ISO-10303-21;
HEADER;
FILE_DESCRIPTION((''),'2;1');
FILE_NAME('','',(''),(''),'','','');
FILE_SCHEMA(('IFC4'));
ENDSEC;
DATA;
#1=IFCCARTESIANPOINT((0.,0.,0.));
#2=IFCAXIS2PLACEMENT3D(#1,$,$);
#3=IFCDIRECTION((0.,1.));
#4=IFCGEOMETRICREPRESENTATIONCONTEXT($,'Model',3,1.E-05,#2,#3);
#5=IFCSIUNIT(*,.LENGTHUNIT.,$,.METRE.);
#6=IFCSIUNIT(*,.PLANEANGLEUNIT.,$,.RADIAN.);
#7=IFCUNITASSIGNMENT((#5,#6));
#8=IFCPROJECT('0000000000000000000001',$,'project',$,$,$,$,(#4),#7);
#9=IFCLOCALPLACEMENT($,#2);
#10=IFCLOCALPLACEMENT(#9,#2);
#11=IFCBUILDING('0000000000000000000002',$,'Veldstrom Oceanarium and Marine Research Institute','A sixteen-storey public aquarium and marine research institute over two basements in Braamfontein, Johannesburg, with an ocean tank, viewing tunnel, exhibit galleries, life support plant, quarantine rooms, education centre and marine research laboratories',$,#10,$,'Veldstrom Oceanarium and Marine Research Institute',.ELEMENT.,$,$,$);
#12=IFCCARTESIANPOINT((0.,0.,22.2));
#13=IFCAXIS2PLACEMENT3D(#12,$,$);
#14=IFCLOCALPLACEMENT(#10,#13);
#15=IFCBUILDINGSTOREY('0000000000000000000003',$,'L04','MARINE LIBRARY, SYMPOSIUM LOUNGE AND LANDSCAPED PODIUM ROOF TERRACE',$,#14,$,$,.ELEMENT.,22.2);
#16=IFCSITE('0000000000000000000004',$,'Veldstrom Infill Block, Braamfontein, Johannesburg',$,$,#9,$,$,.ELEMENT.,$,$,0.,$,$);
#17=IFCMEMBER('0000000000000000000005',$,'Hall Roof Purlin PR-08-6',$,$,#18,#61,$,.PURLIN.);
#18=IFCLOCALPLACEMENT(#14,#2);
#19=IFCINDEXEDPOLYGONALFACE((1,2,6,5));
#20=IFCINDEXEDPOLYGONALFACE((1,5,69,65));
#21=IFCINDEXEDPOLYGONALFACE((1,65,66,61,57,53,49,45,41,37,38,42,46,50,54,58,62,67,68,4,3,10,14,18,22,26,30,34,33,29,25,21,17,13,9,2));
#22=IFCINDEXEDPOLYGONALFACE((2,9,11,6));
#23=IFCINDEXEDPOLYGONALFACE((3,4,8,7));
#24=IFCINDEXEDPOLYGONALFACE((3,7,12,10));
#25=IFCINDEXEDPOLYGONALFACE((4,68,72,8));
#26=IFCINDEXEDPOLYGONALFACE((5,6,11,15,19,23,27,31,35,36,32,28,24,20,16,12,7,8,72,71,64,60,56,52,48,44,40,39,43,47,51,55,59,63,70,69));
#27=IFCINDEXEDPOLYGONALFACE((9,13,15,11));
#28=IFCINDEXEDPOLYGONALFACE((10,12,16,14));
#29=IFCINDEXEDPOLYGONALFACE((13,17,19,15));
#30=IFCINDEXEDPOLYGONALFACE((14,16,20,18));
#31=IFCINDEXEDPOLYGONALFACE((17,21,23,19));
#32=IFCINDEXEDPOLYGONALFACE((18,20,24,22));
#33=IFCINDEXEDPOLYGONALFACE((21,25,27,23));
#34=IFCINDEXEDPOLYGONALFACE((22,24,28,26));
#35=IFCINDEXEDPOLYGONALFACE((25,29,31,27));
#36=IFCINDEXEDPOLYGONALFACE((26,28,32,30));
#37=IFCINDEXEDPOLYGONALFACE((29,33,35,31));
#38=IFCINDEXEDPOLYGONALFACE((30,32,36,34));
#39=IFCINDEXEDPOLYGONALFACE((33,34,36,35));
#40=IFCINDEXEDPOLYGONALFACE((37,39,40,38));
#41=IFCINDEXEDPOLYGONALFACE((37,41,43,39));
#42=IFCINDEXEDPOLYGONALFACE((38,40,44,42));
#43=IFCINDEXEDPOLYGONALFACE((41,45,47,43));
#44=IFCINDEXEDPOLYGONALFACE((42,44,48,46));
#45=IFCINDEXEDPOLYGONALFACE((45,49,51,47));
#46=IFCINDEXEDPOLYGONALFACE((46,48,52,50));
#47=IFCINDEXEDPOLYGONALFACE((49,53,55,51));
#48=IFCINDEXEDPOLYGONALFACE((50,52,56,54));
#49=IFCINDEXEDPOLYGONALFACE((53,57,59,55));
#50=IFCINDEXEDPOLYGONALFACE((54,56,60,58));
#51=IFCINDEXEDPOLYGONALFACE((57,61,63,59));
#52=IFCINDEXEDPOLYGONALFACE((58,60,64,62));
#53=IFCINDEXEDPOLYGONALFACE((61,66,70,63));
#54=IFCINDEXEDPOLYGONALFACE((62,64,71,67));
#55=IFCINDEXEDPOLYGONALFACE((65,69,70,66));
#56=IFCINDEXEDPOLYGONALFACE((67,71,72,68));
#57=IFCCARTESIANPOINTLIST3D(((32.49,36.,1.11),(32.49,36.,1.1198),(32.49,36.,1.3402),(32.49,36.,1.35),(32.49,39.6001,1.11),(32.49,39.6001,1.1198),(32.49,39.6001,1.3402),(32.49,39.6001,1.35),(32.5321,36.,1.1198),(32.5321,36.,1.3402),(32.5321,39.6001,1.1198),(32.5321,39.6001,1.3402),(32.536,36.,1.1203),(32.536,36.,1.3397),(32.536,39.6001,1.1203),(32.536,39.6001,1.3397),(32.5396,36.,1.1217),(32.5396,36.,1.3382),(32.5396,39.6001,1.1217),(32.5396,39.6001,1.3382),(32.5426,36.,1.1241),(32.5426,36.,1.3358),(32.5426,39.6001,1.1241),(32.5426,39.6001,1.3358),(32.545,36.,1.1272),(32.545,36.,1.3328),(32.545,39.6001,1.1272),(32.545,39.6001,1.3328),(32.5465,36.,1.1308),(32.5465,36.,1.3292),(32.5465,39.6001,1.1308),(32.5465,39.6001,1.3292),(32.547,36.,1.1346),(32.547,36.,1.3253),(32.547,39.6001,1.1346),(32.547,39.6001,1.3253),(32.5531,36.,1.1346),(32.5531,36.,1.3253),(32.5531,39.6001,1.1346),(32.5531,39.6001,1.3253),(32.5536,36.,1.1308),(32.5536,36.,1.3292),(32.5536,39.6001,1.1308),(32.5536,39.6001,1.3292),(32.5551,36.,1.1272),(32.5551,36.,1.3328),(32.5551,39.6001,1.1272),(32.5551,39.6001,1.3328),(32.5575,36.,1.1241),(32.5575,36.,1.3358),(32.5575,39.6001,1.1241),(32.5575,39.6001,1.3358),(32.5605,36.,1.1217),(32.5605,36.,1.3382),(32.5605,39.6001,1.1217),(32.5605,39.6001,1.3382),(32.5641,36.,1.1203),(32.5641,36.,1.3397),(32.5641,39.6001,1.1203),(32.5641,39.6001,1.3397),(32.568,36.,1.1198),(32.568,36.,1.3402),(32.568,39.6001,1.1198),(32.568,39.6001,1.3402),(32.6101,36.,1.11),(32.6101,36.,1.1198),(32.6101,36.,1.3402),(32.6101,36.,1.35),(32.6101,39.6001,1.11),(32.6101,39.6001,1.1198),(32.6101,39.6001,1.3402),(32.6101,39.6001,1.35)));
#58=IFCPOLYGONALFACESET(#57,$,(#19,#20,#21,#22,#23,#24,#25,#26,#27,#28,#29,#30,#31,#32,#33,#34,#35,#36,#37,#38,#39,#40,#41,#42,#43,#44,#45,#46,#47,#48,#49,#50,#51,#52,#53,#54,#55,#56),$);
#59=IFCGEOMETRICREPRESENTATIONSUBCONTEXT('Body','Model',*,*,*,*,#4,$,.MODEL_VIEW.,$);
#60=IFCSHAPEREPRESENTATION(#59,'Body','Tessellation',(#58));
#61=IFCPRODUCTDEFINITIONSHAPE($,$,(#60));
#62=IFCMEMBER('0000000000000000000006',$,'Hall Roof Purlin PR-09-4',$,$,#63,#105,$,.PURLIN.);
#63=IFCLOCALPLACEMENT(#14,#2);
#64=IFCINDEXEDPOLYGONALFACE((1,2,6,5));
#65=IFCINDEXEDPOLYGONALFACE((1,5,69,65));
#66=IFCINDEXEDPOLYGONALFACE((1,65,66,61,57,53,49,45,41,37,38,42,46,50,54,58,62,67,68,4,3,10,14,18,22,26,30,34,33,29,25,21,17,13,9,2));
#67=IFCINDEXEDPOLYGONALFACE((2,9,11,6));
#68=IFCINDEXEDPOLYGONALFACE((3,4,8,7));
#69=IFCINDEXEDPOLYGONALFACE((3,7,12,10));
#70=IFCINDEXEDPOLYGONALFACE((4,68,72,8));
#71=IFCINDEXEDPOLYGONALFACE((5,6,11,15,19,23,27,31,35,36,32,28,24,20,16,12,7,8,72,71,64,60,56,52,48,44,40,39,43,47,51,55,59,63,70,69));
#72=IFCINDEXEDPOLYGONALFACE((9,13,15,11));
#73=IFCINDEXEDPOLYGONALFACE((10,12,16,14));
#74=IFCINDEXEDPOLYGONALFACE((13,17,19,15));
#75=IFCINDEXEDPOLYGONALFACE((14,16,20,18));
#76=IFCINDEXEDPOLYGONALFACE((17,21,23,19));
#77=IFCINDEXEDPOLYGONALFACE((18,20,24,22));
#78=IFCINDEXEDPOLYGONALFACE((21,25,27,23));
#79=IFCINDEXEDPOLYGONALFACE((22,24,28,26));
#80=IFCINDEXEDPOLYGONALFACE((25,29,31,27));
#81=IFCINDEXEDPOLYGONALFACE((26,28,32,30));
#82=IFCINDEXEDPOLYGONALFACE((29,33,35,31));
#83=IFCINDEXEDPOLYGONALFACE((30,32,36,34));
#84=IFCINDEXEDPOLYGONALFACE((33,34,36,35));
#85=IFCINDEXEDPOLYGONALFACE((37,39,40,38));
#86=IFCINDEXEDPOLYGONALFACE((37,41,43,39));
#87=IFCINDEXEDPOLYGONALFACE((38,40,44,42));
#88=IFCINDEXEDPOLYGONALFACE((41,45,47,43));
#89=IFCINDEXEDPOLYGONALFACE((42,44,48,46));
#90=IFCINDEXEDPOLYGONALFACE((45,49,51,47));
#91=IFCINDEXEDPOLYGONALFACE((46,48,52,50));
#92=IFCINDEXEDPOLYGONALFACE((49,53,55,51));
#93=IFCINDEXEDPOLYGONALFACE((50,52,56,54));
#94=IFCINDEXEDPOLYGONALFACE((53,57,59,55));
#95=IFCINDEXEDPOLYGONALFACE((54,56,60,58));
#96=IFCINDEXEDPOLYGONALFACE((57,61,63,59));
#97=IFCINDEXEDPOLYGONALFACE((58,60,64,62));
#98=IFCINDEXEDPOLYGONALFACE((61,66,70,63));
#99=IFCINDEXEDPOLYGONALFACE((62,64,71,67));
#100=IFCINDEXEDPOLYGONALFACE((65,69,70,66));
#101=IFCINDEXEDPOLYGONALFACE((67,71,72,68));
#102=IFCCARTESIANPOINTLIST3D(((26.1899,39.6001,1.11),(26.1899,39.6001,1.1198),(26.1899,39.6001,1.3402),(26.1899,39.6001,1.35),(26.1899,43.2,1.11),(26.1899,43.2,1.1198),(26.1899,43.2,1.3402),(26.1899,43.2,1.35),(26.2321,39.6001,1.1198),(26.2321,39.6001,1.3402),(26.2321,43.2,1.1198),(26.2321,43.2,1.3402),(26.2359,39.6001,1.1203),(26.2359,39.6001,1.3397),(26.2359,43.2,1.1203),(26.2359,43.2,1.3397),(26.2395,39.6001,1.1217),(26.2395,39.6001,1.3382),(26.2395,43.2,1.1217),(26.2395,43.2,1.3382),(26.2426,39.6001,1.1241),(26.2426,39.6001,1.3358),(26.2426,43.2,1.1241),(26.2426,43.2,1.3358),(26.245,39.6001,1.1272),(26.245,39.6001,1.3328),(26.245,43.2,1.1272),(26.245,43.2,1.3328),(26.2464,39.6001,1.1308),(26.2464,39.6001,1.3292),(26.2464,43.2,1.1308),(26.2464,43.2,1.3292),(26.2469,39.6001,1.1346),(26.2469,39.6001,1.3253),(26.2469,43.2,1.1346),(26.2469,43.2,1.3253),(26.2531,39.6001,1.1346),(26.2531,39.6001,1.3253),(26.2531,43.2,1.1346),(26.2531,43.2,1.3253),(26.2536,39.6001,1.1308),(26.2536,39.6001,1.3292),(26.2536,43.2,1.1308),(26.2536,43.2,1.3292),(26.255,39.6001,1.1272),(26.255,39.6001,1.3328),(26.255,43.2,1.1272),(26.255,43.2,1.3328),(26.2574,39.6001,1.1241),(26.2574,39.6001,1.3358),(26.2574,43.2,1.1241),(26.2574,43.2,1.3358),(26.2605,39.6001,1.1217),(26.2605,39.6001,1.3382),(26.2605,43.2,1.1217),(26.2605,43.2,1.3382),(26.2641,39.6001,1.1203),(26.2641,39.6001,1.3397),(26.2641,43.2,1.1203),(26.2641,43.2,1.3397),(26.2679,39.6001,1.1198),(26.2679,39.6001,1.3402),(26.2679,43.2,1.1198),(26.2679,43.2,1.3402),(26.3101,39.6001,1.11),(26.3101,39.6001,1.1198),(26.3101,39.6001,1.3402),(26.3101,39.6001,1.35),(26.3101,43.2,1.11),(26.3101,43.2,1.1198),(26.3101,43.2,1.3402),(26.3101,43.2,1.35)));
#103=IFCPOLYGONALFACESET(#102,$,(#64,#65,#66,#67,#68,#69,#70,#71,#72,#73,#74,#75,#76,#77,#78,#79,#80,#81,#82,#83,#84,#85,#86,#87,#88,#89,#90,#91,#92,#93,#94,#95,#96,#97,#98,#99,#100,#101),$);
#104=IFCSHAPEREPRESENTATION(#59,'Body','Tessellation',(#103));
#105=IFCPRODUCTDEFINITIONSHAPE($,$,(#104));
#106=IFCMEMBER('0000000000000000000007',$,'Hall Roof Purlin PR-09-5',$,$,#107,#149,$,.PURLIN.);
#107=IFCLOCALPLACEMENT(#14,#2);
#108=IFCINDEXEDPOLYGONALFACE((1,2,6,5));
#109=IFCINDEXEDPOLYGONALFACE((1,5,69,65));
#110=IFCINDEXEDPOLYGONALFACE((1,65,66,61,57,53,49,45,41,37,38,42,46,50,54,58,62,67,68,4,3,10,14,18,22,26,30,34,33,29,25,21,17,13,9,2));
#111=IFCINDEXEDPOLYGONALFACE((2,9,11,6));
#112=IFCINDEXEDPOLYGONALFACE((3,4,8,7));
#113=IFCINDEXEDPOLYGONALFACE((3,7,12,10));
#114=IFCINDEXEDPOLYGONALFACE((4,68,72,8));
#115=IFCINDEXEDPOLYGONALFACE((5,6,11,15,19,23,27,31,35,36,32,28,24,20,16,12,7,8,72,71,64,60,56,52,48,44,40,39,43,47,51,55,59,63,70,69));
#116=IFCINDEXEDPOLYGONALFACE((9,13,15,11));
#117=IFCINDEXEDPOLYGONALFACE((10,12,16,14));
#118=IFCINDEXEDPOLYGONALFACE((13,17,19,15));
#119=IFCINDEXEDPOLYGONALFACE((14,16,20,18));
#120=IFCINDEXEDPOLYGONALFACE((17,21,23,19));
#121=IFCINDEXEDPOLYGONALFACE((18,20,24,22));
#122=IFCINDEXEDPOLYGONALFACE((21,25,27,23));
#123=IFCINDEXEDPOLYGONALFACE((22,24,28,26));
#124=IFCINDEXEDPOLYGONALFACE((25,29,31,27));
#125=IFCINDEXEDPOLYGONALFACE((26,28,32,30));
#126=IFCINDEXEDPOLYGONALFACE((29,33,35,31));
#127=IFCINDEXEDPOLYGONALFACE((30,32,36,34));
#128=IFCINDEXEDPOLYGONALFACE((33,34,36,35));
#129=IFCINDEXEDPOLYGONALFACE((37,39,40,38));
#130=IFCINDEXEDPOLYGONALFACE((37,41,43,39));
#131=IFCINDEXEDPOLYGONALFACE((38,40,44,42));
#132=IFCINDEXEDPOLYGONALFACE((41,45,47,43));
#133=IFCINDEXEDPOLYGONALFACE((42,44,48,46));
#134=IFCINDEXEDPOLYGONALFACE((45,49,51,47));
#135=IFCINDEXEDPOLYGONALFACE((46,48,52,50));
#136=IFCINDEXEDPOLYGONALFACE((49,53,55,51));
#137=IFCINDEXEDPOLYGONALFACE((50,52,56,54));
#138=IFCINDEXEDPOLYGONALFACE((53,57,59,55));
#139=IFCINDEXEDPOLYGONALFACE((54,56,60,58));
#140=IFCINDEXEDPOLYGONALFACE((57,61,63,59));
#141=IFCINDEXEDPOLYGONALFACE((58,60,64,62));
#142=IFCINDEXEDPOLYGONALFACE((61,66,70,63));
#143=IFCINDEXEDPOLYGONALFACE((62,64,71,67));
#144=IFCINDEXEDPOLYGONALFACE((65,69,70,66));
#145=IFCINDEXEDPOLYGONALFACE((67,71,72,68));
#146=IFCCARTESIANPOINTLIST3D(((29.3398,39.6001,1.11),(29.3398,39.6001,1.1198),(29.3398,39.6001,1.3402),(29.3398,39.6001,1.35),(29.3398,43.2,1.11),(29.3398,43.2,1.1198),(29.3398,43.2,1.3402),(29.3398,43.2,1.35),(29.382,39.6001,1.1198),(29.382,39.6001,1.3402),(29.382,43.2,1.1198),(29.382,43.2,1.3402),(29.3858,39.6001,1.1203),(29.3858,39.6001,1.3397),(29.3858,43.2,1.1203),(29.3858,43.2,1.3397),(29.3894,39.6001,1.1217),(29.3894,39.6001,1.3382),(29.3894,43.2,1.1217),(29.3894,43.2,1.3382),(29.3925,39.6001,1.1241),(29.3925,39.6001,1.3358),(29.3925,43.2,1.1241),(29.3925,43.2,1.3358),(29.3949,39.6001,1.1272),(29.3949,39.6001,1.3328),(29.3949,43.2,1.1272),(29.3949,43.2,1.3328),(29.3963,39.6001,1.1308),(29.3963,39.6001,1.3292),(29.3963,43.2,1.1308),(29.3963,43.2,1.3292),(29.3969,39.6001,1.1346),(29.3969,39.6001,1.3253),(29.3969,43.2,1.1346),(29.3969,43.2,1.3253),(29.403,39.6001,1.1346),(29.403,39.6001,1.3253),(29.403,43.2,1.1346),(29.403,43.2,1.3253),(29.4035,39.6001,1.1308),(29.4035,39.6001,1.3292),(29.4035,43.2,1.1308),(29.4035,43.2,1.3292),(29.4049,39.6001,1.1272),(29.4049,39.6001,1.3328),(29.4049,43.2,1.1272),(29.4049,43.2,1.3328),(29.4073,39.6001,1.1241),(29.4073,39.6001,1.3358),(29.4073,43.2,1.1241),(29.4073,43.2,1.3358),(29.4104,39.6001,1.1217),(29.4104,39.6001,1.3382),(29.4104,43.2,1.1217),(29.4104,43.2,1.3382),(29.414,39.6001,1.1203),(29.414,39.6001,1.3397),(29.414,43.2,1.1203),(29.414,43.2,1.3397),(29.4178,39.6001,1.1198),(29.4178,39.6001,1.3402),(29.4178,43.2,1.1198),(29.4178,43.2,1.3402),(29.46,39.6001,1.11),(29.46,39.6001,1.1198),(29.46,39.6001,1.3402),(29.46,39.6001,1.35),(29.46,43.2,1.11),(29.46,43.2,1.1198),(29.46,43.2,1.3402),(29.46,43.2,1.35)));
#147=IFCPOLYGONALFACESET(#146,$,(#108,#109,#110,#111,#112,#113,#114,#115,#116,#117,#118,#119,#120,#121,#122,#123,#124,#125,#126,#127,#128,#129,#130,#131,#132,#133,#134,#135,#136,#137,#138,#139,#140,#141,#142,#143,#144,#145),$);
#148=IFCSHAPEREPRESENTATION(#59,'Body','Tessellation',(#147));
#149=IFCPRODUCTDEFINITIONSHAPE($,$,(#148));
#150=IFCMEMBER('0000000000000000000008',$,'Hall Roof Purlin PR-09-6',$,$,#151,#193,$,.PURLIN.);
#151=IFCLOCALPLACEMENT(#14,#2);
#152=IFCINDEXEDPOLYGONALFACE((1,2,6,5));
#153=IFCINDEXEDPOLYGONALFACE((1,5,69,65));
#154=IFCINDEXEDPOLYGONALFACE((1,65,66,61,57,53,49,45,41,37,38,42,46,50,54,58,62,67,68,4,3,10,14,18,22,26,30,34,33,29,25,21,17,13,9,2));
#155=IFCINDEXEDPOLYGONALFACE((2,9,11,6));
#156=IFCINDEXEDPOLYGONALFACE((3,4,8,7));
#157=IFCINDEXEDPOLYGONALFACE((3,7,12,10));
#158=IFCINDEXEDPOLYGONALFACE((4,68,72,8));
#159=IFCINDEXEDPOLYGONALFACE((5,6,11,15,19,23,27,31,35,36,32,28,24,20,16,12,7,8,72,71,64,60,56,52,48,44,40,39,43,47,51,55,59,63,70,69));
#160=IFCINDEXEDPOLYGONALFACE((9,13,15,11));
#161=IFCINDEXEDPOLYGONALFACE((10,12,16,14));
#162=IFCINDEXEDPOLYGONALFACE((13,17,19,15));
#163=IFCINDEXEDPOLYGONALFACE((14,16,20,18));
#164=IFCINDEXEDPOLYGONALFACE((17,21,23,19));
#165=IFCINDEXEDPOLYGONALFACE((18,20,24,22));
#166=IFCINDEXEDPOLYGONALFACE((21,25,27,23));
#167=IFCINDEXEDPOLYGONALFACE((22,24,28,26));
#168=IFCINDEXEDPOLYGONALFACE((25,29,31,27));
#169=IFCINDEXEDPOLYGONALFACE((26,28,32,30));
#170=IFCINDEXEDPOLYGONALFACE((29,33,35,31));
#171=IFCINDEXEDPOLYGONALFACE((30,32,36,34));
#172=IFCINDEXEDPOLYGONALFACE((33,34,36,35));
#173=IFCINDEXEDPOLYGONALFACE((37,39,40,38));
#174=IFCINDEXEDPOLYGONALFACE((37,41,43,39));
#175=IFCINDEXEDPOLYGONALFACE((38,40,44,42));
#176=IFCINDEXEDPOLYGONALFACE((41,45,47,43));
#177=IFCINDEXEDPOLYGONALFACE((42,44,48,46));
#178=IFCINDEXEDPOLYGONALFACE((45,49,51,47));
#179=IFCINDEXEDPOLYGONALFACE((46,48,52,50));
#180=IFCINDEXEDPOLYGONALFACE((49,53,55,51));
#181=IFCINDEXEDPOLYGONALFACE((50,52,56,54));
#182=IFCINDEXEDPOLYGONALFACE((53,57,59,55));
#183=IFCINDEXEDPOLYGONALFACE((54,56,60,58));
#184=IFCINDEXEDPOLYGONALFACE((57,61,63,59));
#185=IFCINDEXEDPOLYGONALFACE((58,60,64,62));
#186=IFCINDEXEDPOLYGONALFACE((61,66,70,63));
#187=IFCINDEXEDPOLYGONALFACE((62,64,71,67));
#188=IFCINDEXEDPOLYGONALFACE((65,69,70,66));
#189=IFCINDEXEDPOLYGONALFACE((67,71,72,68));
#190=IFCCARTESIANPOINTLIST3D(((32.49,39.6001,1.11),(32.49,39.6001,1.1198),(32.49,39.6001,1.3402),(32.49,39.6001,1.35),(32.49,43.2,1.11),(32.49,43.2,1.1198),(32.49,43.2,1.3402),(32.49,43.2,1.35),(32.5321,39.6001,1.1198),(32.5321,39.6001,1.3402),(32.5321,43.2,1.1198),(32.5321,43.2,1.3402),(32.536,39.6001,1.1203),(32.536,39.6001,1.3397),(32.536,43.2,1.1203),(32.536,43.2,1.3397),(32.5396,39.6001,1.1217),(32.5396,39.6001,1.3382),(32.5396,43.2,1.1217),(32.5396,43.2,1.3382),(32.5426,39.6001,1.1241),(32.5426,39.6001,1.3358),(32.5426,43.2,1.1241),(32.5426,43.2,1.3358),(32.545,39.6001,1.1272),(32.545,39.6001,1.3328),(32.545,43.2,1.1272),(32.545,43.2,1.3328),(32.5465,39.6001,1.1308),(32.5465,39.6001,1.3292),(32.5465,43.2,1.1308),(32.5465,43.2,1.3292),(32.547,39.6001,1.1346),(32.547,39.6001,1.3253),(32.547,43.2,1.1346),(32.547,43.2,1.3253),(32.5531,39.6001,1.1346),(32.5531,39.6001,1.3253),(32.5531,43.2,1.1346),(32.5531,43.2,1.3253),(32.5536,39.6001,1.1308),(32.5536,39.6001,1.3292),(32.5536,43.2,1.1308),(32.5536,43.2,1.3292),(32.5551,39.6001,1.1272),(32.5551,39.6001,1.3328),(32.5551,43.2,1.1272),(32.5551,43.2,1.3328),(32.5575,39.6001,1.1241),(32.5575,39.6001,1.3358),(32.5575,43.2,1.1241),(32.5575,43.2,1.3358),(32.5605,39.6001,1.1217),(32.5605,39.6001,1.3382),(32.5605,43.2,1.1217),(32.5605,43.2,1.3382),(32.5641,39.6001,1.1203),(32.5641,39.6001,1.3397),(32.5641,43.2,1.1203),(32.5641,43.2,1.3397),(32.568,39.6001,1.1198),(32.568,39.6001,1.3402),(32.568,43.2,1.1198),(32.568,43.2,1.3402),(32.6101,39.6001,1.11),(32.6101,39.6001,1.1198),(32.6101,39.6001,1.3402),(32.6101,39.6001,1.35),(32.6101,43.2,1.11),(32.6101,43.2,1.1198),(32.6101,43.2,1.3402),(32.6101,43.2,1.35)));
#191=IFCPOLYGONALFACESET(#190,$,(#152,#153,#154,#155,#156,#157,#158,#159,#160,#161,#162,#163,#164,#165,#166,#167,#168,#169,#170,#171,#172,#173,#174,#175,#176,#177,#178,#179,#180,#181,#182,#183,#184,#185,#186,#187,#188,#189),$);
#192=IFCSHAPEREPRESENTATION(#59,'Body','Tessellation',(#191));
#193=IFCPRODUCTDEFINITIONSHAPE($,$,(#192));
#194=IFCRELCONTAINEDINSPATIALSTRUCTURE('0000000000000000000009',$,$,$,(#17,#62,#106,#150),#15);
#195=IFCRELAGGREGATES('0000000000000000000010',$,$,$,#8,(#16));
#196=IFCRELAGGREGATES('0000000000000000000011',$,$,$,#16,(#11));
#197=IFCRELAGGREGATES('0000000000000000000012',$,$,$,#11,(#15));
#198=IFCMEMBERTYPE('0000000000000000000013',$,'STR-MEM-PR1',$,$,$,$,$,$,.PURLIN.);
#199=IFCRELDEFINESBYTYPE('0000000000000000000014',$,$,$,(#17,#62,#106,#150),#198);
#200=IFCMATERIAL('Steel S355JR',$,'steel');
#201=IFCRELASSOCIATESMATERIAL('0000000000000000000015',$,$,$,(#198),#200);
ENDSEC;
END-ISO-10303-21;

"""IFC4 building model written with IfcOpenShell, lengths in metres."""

from ifc_helpers import new_model, si_unit, direction, frame, origin, origin_2d, place, context, subcontext, project, spatial, i_section, extrude, material, material_profile, profile_set, type_object, element, save


model = new_model("IFC4")

# Units and contexts
model_context = context("Model", 3, precision=1e-05, world=origin(), true_north=direction((0.0, 1.0)))
body_context = subcontext(model_context, "Body", "Model", "MODEL_VIEW")
ifc_project = project(units=[si_unit("LENGTHUNIT", "METRE"), si_unit("PLANEANGLEUNIT", "RADIAN")], contexts=[model_context])

# Site, building, storey
site_placement = place(None, origin())
site = spatial("IfcSite", under=ifc_project, at=site_placement, Name="Veldstrom Infill Block, Braamfontein, Johannesburg", CompositionType="ELEMENT", RefElevation=0.0)
building_placement = place(site_placement, origin())
building = spatial("IfcBuilding", under=site, at=building_placement, Name="Veldstrom Oceanarium and Marine Research Institute", Description="A sixteen-storey public aquarium and marine research institute over two basements in Braamfontein, Johannesburg, with an ocean tank, viewing tunnel, exhibit galleries, life support plant, quarantine rooms, education centre and marine research laboratories", LongName="Veldstrom Oceanarium and Marine Research Institute", CompositionType="ELEMENT")
storey_placement = place(building_placement, frame((0.0, 0.0, 22.2)))
storey = spatial("IfcBuildingStorey", under=building, at=storey_placement, Name="L04", Description="MARINE LIBRARY, SYMPOSIUM LOUNGE AND LANDSCAPED PODIUM ROOF TERRACE", CompositionType="ELEMENT", Elevation=22.2)

# Members
ifc_material_1 = material(Name="Steel S355JR", Category="steel")
ifc_material_profile_1 = material_profile(ifc_material_1, i_section(OverallWidth=0.1201, OverallDepth=0.24, WebThickness=0.0061, FlangeThickness=0.0098, FilletRadius=0.0149, at=origin_2d()), Name="IPE 240")
ifc_profile_set_1 = profile_set([ifc_material_profile_1], Name="Steel S355JR")
member_type_1 = type_object("IfcMemberType", Name="STR-MEM-PR1", PredefinedType="PURLIN", material=ifc_profile_set_1)
for number, where, z_axis, x_axis, name in (
    (1, (32.55, 36.0, 1.23), (0.0, 1.0, 0.0), (-1.0, 0.0, 0.0), "Hall Roof Purlin PR-08-6"),
):
    element("IfcMember", number, at=place(storey_placement, frame(where, z_axis=z_axis, x_axis=x_axis)), inside=storey, type_object=member_type_1, Name=name, PredefinedType="PURLIN", context=body_context, shape_type="SweptSolid", body=[
        extrude(i_section(OverallWidth=0.1201, OverallDepth=0.24, WebThickness=0.0061, FlangeThickness=0.0098, FilletRadius=0.0149, at=origin_2d()), origin(), (0.0, 0.0, 1.0), 3.6001),
    ])
for number, where, z_axis, x_axis, name in (
    (2, (26.25, 39.6001, 1.23), (0.0, 1.0, 0.0), (-1.0, 0.0, 0.0), "Hall Roof Purlin PR-09-4"),
    (3, (29.3999, 39.6001, 1.23), (0.0, 1.0, 0.0), (-1.0, 0.0, 0.0), "Hall Roof Purlin PR-09-5"),
    (4, (32.55, 39.6001, 1.23), (0.0, 1.0, 0.0), (-1.0, 0.0, 0.0), "Hall Roof Purlin PR-09-6"),
):
    element("IfcMember", number, at=place(storey_placement, frame(where, z_axis=z_axis, x_axis=x_axis)), inside=storey, type_object=member_type_1, Name=name, PredefinedType="PURLIN", context=body_context, shape_type="SweptSolid", body=[
        extrude(i_section(OverallWidth=0.1201, OverallDepth=0.24, WebThickness=0.0061, FlangeThickness=0.0098, FilletRadius=0.0149, at=origin_2d()), origin(), (0.0, 0.0, 1.0), 3.5999),
    ])

save(model, "model.ifc")
